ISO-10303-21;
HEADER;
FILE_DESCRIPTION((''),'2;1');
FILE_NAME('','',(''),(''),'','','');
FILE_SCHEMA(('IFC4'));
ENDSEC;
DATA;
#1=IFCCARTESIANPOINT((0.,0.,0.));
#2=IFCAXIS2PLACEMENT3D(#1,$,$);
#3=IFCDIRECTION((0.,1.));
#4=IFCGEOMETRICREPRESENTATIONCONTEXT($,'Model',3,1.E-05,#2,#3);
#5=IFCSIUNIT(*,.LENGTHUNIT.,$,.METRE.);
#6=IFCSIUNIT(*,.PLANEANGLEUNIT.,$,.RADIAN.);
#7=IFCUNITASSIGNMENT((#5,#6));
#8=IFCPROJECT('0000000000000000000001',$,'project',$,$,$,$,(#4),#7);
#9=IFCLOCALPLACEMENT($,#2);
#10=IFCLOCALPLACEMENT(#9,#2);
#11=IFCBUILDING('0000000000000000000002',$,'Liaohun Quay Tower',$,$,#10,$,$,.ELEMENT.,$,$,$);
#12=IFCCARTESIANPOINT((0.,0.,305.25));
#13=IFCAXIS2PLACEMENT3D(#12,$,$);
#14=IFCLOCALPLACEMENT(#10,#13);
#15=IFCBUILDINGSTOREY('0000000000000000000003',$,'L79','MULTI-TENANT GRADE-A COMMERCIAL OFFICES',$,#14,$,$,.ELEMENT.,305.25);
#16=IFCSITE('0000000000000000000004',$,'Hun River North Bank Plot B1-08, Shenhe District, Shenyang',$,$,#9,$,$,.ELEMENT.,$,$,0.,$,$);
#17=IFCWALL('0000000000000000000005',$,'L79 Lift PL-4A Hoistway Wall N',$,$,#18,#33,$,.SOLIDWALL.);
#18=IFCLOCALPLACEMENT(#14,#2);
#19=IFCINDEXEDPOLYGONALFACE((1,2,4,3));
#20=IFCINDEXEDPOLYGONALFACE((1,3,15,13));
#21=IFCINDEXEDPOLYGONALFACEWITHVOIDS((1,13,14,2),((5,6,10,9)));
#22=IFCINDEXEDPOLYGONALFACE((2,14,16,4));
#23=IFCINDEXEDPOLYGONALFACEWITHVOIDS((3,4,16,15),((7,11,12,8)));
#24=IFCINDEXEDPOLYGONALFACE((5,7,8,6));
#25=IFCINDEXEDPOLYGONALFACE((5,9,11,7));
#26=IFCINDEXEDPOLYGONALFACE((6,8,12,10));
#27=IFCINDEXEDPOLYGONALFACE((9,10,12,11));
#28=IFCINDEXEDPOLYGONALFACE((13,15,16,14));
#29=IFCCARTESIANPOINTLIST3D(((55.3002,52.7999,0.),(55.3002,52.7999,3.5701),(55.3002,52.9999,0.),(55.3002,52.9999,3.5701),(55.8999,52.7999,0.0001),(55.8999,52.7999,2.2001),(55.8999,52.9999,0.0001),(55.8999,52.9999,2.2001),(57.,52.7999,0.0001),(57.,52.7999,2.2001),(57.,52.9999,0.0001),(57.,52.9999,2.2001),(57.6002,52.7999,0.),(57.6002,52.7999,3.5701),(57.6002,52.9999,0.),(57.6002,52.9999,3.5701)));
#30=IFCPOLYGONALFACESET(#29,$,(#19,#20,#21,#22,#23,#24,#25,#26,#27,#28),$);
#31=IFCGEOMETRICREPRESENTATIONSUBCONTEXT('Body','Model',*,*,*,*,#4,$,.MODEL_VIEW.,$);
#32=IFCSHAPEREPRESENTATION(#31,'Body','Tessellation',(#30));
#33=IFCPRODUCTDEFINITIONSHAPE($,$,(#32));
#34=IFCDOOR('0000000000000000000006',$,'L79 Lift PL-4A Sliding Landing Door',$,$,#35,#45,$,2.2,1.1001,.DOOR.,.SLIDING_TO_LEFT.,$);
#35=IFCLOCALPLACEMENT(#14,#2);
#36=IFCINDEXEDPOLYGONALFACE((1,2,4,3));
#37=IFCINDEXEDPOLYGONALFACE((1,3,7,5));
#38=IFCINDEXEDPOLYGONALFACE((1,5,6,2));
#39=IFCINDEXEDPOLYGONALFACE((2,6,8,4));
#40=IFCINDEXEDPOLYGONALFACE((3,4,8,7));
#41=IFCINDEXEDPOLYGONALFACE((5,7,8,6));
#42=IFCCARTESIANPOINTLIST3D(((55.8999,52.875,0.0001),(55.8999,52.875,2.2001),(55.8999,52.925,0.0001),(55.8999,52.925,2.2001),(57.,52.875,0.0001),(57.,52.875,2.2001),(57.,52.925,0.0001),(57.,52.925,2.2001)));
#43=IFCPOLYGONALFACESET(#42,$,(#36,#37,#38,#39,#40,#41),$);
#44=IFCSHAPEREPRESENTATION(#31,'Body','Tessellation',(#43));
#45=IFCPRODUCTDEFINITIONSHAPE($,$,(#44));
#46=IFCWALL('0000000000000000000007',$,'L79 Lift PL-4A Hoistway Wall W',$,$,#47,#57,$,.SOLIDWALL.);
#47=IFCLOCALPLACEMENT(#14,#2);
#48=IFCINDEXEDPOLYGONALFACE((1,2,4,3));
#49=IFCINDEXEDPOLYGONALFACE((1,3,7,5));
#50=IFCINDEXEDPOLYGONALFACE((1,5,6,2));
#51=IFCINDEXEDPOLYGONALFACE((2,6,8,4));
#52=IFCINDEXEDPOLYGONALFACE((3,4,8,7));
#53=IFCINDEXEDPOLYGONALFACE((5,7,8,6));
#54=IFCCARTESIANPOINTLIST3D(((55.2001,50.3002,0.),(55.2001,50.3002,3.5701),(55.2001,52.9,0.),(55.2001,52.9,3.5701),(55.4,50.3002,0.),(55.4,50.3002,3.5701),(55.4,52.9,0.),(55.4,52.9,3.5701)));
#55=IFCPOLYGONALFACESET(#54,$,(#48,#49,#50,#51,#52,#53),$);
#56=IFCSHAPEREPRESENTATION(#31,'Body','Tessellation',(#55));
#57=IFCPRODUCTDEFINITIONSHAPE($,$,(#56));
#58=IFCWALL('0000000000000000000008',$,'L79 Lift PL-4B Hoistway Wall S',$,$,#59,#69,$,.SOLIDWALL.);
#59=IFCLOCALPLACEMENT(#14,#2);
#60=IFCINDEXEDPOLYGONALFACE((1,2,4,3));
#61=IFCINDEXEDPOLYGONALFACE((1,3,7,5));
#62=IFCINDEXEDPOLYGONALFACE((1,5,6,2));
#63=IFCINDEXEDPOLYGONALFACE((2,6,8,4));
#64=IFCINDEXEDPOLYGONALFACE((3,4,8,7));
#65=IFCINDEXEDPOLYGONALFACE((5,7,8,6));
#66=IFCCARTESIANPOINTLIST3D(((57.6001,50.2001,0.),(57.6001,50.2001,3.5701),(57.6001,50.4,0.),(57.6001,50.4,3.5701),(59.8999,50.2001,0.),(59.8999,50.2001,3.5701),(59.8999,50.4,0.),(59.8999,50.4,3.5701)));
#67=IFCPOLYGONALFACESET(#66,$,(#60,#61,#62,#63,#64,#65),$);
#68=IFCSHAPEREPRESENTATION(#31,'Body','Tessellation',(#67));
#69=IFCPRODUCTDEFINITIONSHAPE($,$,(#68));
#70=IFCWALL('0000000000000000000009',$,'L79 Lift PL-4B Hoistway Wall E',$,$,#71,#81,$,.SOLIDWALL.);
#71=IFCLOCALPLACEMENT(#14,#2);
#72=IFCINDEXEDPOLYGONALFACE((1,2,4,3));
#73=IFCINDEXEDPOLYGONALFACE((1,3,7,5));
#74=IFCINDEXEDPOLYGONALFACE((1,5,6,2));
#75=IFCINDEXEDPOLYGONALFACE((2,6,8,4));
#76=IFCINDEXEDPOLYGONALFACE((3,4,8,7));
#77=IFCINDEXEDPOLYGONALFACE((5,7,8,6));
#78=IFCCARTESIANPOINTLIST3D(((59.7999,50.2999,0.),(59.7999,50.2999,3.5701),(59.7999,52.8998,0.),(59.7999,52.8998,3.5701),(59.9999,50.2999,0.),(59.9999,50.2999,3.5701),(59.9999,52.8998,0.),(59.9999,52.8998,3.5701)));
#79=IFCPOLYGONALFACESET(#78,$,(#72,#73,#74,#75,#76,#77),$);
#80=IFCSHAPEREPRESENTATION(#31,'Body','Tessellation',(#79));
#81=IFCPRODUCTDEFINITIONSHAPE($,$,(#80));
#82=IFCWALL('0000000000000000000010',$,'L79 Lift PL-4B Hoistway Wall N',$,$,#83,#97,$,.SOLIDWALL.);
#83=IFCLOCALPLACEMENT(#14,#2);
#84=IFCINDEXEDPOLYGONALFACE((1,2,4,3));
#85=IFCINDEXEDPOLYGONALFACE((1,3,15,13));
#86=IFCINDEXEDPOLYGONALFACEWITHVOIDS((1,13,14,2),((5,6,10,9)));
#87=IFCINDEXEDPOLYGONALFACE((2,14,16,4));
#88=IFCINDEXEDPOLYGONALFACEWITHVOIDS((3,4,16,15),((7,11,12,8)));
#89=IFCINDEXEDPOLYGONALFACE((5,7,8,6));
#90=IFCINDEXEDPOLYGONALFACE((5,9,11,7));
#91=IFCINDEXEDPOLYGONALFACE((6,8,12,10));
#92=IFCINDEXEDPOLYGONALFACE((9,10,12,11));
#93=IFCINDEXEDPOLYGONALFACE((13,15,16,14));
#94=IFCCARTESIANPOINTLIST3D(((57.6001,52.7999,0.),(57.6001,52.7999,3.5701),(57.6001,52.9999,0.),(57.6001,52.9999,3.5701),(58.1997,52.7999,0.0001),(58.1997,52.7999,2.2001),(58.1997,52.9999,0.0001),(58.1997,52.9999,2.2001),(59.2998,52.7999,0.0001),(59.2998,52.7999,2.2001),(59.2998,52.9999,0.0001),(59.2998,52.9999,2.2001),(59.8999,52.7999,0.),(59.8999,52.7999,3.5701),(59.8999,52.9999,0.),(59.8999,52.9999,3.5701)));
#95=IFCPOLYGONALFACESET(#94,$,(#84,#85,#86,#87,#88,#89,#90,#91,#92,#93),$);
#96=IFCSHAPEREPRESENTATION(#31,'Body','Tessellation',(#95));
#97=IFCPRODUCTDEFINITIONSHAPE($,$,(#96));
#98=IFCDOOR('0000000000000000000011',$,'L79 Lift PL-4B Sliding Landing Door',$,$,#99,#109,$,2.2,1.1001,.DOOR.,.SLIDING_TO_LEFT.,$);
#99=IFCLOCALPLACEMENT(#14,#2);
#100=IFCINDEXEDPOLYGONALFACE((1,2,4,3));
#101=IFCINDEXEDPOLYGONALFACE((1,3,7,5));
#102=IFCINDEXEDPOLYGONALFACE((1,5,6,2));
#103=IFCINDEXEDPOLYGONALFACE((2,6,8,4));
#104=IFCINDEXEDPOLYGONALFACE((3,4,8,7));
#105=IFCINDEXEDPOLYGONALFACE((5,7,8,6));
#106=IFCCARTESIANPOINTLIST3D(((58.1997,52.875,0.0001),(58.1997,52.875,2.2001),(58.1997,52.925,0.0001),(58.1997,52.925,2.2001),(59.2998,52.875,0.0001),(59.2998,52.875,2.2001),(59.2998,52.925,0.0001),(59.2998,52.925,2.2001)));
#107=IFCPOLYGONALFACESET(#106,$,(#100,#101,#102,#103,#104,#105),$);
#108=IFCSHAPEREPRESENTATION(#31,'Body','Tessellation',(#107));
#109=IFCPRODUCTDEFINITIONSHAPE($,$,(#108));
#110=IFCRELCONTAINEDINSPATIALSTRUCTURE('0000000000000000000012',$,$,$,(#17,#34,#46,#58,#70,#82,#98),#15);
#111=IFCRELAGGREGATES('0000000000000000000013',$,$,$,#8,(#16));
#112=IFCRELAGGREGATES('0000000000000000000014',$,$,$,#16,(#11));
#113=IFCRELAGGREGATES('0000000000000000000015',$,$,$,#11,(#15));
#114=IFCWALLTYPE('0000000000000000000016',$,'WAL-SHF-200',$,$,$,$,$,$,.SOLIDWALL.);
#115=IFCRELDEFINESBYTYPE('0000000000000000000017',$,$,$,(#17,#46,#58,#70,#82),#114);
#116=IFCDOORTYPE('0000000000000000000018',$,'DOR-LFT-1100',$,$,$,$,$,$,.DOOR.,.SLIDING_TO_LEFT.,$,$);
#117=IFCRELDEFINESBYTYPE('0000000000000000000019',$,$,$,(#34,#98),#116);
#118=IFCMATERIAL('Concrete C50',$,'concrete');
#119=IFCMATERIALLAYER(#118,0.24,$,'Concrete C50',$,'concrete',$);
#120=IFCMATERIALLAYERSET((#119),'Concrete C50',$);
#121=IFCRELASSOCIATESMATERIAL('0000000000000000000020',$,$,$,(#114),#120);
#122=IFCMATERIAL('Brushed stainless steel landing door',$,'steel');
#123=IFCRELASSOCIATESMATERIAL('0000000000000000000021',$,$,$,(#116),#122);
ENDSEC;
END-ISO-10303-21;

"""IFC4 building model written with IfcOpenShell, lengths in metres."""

from ifc_helpers import new_model, si_unit, direction, frame, frame_2d, origin, place, context, subcontext, project, spatial, rectangle, extrude, source, transform, mapped, material, layer, layer_set, type_object, element, fill, save


model = new_model("IFC4")

# Units and contexts
model_context = context("Model", 3, precision=1e-05, world=origin(), true_north=direction((0.0, 1.0)))
body_context = subcontext(model_context, "Body", "Model", "MODEL_VIEW")
ifc_project = project(units=[si_unit("LENGTHUNIT", "METRE"), si_unit("PLANEANGLEUNIT", "RADIAN")], contexts=[model_context])

# Site, building, storey
site_placement = place(None, origin())
site = spatial("IfcSite", under=ifc_project, at=site_placement, Name="Hun River North Bank Plot B1-08, Shenhe District, Shenyang", CompositionType="ELEMENT", RefElevation=0.0)
building_placement = place(site_placement, origin())
building = spatial("IfcBuilding", under=site, at=building_placement, Name="Liaohun Quay Tower", CompositionType="ELEMENT")
storey_placement = place(building_placement, frame((0.0, 0.0, 305.25)))
storey = spatial("IfcBuildingStorey", under=building, at=storey_placement, Name="L79", Description="MULTI-TENANT GRADE-A COMMERCIAL OFFICES", CompositionType="ELEMENT", Elevation=305.25)

# Shared definitions
ifc_material_1 = material(Name="Concrete C50", Category="concrete")

# Shared definitions
ifc_layer_1 = layer(ifc_material_1, 0.24, Name="Concrete C50", Category="concrete")
ifc_layer_set_1 = layer_set([ifc_layer_1], Name="Concrete C50")
wall_type_1 = type_object("IfcWallType", Name="WAL-SHF-200", PredefinedType="SOLIDWALL", material=ifc_layer_set_1)

# Wall, opening, door
wall_1_placement = place(storey_placement, frame((57.6001, 52.8999, 0.0), z_axis=(0.0, 0.0, 1.0), x_axis=(-1.0, 0.0, 0.0)))
wall_1 = element("IfcWall", 1, at=wall_1_placement, inside=storey, type_object=wall_type_1, Name="L79 Lift PL-4A Hoistway Wall N", PredefinedType="SOLIDWALL", context=body_context, shape_type="SweptSolid", body=[
    extrude(rectangle(XDim=2.3, YDim=0.2, at=frame_2d((1.1499, 0.0))), origin(), (0.0, 0.0, 1.0), 3.5701),
])
shared_shape_1 = source(origin(), body_context, "Body", "SweptSolid", [
    extrude(rectangle(XDim=1.1001, YDim=2.2, at=frame_2d((0.55, 1.1001))), frame((0.0, 0.1099, 0.0), z_axis=(0.0, -1.0, 0.0), x_axis=(1.0, 0.0, 0.0)), (0.0, 0.0, 1.0), 0.22),
])
opening_1_placement = place(wall_1_placement, frame((0.6001, 0.0, 0.0)))
opening_1 = element("IfcOpeningElement", 2, at=opening_1_placement, cuts=wall_1, PredefinedType="OPENING", context=body_context, shape_type="MappedRepresentation", body=[
    mapped(shared_shape_1, transform((0.0, 0.0, 0.0), x_axis=(1.0, 0.0, 0.0), y_axis=(0.0, 1.0, 0.0), z_axis=(0.0, 0.0, 1.0), scale=1.0)),
])
ifc_material_2 = material(Name="Brushed stainless steel landing door", Category="steel")
door_type_1 = type_object("IfcDoorType", Name="DOR-LFT-1100", OperationType="SLIDING_TO_LEFT", PredefinedType="DOOR", material=ifc_material_2)
shared_shape_2 = source(origin(), body_context, "Body", "SweptSolid", [
    extrude(rectangle(XDim=1.1001, YDim=2.2, at=frame_2d((0.55, 1.1001))), frame((0.0, 0.0249, 0.0), z_axis=(0.0, -1.0, 0.0), x_axis=(1.0, 0.0, 0.0)), (0.0, 0.0, 1.0), 0.05),
])
door_1_placement = place(opening_1_placement, origin())
door_1 = element("IfcDoor", 3, at=door_1_placement, inside=storey, type_object=door_type_1, Name="L79 Lift PL-4A Sliding Landing Door", OperationType="SLIDING_TO_LEFT", OverallHeight=2.2, OverallWidth=1.1001, PredefinedType="DOOR", context=body_context, shape_type="MappedRepresentation", body=[
    mapped(shared_shape_2, transform((0.0, 0.0, 0.0), x_axis=(1.0, 0.0, 0.0), y_axis=(0.0, 1.0, 0.0), z_axis=(0.0, 0.0, 1.0), scale=1.0)),
])
fill(opening_1, door_1)

# Walls
wall_2_placement = place(storey_placement, frame((55.3, 52.8999, 0.0), z_axis=(0.0, 0.0, 1.0), x_axis=(0.0, -1.0, 0.0)))
element("IfcWall", 4, at=wall_2_placement, inside=storey, type_object=wall_type_1, Name="L79 Lift PL-4A Hoistway Wall W", PredefinedType="SOLIDWALL", context=body_context, shape_type="SweptSolid", body=[
    extrude(rectangle(XDim=2.5999, YDim=0.2, at=frame_2d((1.2998, 0.0))), origin(), (0.0, 0.0, 1.0), 3.5701),
])
wall_3_placement = place(storey_placement, frame((57.6001, 50.3, 0.0), z_axis=(0.0, 0.0, 1.0), x_axis=(1.0, 0.0, 0.0)))
element("IfcWall", 5, at=wall_3_placement, inside=storey, type_object=wall_type_1, Name="L79 Lift PL-4B Hoistway Wall S", PredefinedType="SOLIDWALL", context=body_context, shape_type="SweptSolid", body=[
    extrude(rectangle(XDim=2.2998, YDim=0.2, at=frame_2d((1.1499, 0.0))), origin(), (0.0, 0.0, 1.0), 3.5701),
])
wall_4_placement = place(storey_placement, frame((59.8999, 50.3, 0.0), z_axis=(0.0, 0.0, 1.0), x_axis=(0.0, 1.0, 0.0)))
element("IfcWall", 6, at=wall_4_placement, inside=storey, type_object=wall_type_1, Name="L79 Lift PL-4B Hoistway Wall E", PredefinedType="SOLIDWALL", context=body_context, shape_type="SweptSolid", body=[
    extrude(rectangle(XDim=2.5999, YDim=0.2, at=frame_2d((1.2998, 0.0))), origin(), (0.0, 0.0, 1.0), 3.5701),
])

# Wall, opening, door
wall_5_placement = place(storey_placement, frame((59.8999, 52.8999, 0.0), z_axis=(0.0, 0.0, 1.0), x_axis=(-1.0, 0.0, 0.0)))
wall_5 = element("IfcWall", 7, at=wall_5_placement, inside=storey, type_object=wall_type_1, Name="L79 Lift PL-4B Hoistway Wall N", PredefinedType="SOLIDWALL", context=body_context, shape_type="SweptSolid", body=[
    extrude(rectangle(XDim=2.2998, YDim=0.2, at=frame_2d((1.1499, 0.0))), origin(), (0.0, 0.0, 1.0), 3.5701),
])
opening_2_placement = place(wall_5_placement, frame((0.6001, 0.0, 0.0)))
opening_2 = element("IfcOpeningElement", 8, at=opening_2_placement, cuts=wall_5, PredefinedType="OPENING", context=body_context, shape_type="MappedRepresentation", body=[
    mapped(shared_shape_1, transform((0.0, 0.0, 0.0), x_axis=(1.0, 0.0, 0.0), y_axis=(0.0, 1.0, 0.0), z_axis=(0.0, 0.0, 1.0), scale=1.0)),
])
door_2_placement = place(opening_2_placement, origin())
door_2 = element("IfcDoor", 9, at=door_2_placement, inside=storey, type_object=door_type_1, Name="L79 Lift PL-4B Sliding Landing Door", OperationType="SLIDING_TO_LEFT", OverallHeight=2.2, OverallWidth=1.1001, PredefinedType="DOOR", context=body_context, shape_type="MappedRepresentation", body=[
    mapped(shared_shape_2, transform((0.0, 0.0, 0.0), x_axis=(1.0, 0.0, 0.0), y_axis=(0.0, 1.0, 0.0), z_axis=(0.0, 0.0, 1.0), scale=1.0)),
])
fill(opening_2, door_2)

save(model, "model.ifc")
